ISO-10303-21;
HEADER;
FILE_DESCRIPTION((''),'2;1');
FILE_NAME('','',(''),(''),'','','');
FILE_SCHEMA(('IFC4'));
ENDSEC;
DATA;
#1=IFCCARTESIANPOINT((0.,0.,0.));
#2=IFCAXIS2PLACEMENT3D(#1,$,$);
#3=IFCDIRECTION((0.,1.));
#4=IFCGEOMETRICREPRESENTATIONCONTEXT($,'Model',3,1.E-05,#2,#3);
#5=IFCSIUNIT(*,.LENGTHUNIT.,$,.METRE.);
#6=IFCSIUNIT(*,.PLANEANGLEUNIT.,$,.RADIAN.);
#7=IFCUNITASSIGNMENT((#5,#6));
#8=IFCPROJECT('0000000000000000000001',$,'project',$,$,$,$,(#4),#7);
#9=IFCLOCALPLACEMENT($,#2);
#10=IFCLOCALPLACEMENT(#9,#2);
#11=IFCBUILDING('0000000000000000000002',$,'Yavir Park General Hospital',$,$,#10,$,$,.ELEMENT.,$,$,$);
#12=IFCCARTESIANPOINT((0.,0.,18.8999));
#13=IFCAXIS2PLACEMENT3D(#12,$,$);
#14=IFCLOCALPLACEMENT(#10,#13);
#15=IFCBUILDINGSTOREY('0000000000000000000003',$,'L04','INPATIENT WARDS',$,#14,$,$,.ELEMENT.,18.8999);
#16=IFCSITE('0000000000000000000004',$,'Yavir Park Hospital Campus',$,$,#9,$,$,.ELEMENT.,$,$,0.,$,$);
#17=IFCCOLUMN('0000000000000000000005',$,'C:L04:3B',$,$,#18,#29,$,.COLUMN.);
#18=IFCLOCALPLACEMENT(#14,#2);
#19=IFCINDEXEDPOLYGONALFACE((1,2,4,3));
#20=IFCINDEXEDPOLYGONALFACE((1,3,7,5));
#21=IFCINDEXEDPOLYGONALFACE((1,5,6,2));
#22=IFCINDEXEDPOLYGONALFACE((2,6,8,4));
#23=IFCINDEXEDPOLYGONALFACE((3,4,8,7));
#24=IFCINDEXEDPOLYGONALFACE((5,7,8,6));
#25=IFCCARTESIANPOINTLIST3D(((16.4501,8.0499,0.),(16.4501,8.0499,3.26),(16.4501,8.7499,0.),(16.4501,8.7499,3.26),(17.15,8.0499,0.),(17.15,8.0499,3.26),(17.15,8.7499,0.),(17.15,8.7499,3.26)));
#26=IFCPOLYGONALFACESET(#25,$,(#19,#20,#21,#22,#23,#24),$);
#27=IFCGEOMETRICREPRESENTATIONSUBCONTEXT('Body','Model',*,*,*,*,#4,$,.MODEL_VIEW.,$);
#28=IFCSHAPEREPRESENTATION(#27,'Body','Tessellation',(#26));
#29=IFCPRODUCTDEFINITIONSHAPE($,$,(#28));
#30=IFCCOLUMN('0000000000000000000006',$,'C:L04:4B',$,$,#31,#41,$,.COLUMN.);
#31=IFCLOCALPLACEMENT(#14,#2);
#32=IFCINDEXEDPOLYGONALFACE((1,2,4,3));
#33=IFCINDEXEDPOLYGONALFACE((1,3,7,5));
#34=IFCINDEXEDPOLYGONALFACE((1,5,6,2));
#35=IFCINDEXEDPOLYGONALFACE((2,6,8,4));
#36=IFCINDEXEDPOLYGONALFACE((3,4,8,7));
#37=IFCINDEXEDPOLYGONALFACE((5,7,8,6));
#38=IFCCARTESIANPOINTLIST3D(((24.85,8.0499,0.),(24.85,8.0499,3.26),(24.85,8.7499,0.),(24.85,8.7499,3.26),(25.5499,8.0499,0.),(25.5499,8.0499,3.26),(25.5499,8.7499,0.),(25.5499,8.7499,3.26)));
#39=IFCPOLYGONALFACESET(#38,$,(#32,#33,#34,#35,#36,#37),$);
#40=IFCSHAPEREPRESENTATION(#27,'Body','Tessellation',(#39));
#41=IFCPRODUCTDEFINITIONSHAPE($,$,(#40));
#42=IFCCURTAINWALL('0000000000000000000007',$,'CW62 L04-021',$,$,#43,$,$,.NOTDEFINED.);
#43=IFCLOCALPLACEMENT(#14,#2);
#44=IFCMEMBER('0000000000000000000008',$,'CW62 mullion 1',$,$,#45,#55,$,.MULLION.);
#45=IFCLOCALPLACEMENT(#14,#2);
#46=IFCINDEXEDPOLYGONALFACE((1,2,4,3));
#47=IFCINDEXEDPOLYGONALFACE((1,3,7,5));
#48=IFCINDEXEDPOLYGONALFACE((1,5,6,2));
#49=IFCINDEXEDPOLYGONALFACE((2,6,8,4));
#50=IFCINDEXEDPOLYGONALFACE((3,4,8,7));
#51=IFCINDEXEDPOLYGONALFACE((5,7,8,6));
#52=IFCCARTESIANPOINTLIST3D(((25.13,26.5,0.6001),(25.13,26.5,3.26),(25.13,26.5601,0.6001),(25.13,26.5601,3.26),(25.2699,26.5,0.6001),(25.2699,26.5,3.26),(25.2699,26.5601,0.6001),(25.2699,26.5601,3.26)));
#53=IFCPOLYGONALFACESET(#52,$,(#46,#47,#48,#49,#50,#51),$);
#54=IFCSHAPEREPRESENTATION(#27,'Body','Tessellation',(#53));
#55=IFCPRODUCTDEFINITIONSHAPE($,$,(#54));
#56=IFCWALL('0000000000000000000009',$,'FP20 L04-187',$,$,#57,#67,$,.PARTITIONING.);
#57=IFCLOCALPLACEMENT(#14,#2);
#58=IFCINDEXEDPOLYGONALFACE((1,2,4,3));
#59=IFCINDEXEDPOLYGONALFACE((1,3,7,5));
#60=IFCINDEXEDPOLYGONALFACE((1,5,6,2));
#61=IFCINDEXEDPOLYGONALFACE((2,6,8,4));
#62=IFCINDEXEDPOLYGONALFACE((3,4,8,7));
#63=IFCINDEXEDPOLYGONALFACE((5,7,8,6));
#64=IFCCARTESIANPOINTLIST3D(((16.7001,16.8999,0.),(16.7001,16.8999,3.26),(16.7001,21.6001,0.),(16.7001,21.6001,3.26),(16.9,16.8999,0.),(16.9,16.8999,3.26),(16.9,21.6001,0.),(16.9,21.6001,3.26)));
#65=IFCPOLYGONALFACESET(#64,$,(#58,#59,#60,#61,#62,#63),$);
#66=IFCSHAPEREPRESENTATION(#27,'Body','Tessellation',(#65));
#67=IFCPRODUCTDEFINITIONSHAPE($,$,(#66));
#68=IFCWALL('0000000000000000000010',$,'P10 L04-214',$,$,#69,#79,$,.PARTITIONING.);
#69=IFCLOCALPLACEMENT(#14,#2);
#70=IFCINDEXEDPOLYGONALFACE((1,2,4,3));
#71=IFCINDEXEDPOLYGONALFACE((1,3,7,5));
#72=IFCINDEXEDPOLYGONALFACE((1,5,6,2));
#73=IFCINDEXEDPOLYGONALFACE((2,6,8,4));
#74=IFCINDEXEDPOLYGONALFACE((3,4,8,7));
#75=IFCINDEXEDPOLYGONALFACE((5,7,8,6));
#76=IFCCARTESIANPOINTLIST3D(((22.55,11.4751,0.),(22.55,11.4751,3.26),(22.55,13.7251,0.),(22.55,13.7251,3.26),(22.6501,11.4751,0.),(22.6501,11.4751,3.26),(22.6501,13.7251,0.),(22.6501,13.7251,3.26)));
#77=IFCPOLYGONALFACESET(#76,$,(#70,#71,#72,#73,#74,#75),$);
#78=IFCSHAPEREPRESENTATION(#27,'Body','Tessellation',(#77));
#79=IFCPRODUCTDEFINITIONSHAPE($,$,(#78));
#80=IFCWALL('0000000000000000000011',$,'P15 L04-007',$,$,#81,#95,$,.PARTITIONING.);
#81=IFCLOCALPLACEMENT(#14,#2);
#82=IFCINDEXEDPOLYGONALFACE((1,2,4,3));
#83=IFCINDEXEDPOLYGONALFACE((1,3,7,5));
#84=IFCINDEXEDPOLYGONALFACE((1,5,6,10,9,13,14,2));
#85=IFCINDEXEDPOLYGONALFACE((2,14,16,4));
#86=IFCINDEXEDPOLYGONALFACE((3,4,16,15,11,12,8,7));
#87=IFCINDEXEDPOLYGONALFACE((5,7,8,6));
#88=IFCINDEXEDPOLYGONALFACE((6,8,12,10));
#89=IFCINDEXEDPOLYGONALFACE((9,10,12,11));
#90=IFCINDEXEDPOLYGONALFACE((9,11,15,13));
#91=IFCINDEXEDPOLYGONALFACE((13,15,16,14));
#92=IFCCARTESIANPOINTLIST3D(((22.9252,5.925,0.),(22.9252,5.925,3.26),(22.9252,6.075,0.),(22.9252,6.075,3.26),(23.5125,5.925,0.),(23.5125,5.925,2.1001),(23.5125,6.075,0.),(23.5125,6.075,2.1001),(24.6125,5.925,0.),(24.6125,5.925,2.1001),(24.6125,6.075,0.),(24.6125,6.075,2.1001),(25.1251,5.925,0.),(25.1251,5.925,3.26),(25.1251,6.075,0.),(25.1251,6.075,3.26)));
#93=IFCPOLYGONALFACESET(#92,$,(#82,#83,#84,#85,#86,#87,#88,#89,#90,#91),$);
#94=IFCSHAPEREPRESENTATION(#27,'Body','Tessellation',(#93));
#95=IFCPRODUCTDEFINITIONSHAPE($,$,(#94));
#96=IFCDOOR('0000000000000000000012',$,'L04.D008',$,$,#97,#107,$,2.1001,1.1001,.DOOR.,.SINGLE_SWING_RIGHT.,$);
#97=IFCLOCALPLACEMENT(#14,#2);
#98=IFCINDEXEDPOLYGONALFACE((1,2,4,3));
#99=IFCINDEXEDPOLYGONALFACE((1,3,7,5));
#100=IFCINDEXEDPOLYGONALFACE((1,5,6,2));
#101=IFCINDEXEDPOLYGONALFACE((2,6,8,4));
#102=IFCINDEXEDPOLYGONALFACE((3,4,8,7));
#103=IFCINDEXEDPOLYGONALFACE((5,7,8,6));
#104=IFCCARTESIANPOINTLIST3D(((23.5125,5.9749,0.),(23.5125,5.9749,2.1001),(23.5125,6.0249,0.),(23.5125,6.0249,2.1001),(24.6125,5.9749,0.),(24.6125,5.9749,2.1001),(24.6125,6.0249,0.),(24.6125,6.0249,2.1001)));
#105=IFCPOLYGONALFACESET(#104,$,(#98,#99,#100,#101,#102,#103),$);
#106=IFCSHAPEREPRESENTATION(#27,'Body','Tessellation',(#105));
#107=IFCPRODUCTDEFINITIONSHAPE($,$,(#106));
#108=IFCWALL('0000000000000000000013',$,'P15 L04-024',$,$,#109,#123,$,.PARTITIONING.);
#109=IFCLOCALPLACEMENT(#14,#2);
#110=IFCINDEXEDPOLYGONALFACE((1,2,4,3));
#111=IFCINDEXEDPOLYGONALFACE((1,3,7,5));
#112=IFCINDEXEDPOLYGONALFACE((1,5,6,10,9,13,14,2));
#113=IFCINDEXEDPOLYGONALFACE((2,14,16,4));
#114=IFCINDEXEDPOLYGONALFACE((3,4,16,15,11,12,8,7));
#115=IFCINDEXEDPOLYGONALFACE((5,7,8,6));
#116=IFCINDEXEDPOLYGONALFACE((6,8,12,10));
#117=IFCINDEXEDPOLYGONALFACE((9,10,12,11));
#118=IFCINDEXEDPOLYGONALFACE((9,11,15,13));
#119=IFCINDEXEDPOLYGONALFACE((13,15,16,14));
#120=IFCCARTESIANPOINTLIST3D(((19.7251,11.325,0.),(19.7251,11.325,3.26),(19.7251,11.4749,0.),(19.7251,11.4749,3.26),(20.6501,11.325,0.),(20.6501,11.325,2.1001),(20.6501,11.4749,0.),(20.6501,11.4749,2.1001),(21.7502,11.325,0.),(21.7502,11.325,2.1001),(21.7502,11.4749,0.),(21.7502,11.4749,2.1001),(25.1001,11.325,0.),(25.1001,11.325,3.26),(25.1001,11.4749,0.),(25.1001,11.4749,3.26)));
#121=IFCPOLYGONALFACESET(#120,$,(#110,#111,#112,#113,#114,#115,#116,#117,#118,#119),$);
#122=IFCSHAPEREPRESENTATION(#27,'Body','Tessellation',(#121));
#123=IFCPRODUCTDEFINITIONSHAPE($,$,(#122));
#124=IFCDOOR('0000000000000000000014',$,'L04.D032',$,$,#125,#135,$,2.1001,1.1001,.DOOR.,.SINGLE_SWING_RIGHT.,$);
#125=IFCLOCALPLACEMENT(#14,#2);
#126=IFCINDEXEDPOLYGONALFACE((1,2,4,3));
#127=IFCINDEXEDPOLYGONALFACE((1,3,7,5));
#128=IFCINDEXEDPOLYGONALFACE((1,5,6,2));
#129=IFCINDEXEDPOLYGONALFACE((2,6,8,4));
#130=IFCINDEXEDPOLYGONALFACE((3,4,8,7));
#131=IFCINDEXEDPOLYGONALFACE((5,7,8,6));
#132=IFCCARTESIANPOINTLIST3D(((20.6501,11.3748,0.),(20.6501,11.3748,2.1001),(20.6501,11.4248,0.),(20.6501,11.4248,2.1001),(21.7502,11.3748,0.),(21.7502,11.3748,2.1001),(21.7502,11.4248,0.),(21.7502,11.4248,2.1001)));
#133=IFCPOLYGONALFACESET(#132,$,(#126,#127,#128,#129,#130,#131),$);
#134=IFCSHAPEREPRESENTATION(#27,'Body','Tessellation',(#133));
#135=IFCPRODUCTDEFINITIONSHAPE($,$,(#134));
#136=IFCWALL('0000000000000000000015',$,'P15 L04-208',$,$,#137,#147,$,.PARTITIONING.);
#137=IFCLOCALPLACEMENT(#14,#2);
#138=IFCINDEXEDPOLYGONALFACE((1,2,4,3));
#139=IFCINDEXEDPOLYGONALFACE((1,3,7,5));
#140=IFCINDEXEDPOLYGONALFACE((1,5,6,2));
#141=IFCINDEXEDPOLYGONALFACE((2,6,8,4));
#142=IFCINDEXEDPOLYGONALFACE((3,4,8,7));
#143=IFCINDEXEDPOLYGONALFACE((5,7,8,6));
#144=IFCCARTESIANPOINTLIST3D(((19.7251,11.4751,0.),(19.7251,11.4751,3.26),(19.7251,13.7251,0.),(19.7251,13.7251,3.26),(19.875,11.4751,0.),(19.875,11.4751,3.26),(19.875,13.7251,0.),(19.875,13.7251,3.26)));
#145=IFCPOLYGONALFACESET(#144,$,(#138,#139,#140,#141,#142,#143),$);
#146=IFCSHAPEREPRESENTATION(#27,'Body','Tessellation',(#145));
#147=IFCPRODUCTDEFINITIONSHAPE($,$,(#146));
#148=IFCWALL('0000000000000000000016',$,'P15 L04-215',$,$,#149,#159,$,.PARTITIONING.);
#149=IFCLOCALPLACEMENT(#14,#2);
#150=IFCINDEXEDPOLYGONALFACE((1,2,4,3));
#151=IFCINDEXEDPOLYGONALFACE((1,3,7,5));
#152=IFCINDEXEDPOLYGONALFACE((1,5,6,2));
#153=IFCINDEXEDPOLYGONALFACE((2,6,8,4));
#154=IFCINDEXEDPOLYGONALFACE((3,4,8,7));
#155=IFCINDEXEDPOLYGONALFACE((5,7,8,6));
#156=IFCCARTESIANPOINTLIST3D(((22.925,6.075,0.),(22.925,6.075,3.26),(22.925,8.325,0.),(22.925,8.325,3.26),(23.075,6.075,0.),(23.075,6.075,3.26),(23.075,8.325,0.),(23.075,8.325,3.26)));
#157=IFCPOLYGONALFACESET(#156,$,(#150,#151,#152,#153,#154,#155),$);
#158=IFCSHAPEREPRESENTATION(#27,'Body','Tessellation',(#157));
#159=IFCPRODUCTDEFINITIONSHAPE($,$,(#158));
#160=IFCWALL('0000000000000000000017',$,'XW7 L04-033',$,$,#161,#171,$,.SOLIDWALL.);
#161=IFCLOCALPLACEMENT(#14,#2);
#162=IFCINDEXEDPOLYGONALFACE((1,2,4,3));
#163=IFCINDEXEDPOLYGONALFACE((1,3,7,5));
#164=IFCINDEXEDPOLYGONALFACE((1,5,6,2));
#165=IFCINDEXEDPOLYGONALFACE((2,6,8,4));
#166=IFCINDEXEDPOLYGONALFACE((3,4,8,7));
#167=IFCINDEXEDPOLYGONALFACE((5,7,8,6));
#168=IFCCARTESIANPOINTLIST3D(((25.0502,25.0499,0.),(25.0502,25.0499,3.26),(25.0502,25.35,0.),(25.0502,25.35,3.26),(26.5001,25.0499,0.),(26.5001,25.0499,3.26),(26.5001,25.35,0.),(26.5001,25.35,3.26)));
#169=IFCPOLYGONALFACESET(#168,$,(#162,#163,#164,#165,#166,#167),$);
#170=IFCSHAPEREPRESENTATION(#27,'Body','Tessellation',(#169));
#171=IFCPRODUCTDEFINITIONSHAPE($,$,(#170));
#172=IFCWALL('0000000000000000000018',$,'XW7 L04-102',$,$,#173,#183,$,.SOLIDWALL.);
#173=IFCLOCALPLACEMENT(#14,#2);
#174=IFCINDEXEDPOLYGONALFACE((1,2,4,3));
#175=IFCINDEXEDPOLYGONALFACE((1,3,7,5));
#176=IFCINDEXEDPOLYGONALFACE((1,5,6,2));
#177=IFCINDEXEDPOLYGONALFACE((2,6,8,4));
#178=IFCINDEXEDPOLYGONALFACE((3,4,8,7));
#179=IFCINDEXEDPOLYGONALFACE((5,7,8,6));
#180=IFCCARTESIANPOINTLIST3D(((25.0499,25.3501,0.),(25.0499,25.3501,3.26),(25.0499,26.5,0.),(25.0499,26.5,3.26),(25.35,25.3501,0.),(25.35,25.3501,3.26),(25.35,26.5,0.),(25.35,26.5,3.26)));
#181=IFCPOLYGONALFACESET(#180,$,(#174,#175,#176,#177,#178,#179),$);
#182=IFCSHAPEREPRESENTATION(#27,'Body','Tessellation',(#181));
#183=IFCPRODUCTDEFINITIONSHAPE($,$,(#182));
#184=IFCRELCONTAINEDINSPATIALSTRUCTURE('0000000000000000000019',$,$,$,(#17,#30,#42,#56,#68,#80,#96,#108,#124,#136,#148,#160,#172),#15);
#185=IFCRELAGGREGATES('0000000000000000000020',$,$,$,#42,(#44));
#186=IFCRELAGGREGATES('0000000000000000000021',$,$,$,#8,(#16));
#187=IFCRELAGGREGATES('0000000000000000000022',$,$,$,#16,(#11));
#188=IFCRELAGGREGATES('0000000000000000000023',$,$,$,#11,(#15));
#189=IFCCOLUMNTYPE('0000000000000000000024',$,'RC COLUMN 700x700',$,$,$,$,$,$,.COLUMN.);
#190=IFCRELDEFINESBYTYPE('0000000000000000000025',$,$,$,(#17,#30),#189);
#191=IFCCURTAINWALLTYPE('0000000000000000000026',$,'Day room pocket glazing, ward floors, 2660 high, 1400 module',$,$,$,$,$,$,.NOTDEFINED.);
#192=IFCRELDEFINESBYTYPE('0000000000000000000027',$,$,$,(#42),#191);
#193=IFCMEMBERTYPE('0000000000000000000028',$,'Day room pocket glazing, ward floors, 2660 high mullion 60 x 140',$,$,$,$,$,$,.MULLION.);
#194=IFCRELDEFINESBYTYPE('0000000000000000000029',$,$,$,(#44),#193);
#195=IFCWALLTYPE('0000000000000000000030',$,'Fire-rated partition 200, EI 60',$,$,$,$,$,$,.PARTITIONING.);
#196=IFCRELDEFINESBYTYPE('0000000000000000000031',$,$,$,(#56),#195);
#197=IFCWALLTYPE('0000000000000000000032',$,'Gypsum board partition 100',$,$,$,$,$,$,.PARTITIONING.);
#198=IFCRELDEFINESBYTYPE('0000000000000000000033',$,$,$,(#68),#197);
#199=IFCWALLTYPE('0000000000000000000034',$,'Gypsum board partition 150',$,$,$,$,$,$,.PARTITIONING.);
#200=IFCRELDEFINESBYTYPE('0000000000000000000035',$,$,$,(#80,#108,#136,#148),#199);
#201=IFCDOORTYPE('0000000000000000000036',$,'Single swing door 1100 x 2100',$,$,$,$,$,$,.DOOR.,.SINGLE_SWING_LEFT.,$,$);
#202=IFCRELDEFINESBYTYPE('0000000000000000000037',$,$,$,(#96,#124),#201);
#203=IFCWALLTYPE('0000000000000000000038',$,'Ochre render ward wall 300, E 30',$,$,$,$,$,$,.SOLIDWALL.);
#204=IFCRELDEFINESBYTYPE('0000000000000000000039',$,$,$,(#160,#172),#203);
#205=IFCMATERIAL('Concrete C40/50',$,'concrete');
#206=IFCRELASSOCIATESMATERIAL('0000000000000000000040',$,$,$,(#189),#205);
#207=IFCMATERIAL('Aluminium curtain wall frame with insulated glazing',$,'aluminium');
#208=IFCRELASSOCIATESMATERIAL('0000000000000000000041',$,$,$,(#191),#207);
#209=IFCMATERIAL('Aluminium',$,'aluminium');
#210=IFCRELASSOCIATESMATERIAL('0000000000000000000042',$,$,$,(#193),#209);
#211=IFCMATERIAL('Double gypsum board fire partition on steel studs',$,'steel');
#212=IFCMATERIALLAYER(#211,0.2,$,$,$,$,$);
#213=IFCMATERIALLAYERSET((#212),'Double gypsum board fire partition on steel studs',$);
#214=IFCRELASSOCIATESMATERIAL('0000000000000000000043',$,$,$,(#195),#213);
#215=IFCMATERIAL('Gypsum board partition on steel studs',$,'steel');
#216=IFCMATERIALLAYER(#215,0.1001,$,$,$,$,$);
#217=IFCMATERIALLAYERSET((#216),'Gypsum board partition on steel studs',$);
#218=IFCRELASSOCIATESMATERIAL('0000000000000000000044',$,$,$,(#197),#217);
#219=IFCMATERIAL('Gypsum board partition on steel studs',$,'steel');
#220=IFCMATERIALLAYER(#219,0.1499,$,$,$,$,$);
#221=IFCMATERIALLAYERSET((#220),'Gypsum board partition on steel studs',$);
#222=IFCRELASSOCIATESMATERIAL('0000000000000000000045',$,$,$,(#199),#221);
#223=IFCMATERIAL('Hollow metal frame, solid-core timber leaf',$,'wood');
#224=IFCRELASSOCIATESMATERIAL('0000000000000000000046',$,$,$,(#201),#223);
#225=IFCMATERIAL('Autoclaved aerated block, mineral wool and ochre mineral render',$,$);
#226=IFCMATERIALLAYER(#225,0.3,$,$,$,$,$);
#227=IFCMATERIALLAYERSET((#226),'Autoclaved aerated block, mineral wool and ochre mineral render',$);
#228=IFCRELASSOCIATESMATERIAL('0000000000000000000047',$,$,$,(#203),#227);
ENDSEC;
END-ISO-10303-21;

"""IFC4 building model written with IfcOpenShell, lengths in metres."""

from ifc_helpers import new_model, si_unit, direction, frame, frame_2d, origin, origin_2d, place, context, subcontext, project, spatial, rectangle, extrude, material, layer, layer_set, material_profile, profile_set, type_object, element, fill, aggregate, save


model = new_model("IFC4")

# Units and contexts
model_context = context("Model", 3, precision=1e-05, world=origin(), true_north=direction((0.0, 1.0)))
body_context = subcontext(model_context, "Body", "Model", "MODEL_VIEW")
ifc_project = project(units=[si_unit("LENGTHUNIT", "METRE"), si_unit("PLANEANGLEUNIT", "RADIAN")], contexts=[model_context])

# Site, building, storey
site_placement = place(None, origin())
site = spatial("IfcSite", under=ifc_project, at=site_placement, Name="Yavir Park Hospital Campus", CompositionType="ELEMENT", RefElevation=0.0)
building_placement = place(site_placement, origin())
building = spatial("IfcBuilding", under=site, at=building_placement, Name="Yavir Park General Hospital", CompositionType="ELEMENT")
storey_placement = place(building_placement, frame((0.0, 0.0, 18.8999)))
storey = spatial("IfcBuildingStorey", under=building, at=storey_placement, Name="L04", Description="INPATIENT WARDS", CompositionType="ELEMENT", Elevation=18.8999)

# Columns
ifc_material_1 = material(Name="Concrete C40/50", Category="concrete")
ifc_material_profile_1 = material_profile(ifc_material_1, rectangle(XDim=0.7, YDim=0.7, at=origin_2d()), Name="RC700x700")
ifc_profile_set_1 = profile_set([ifc_material_profile_1], Name="Concrete C40/50")
column_type = type_object("IfcColumnType", Name="RC COLUMN 700x700", PredefinedType="COLUMN", material=ifc_profile_set_1)
for number, where, z_axis, x_axis, name in (
    (1, (16.8, 8.3999, 0.0), (0.0, 0.0, 1.0), (1.0, 0.0, 0.0), "C:L04:3B"),
    (2, (25.2, 8.3999, 0.0), (0.0, 0.0, 1.0), (1.0, 0.0, 0.0), "C:L04:4B"),
):
    element("IfcColumn", number, at=place(storey_placement, frame(where, z_axis=z_axis, x_axis=x_axis)), inside=storey, type_object=column_type, Name=name, PredefinedType="COLUMN", context=body_context, shape_type="SweptSolid", body=[
        extrude(rectangle(XDim=0.7, YDim=0.7, at=origin_2d()), origin(), (0.0, 0.0, 1.0), 3.26),
    ])

# Curtain wall, member
ifc_material_2 = material(Name="Aluminium curtain wall frame with insulated glazing", Category="aluminium")
curtain_wall_type = type_object("IfcCurtainWallType", Name="Day room pocket glazing, ward floors, 2660 high, 1400 module", PredefinedType="NOTDEFINED", material=ifc_material_2)
curtain_wall_placement = place(storey_placement, origin())
curtain_wall = element("IfcCurtainWall", 3, at=curtain_wall_placement, inside=storey, type_object=curtain_wall_type, Name="CW62 L04-021", PredefinedType="NOTDEFINED")
ifc_material_3 = material(Name="Aluminium", Category="aluminium")
ifc_material_profile_2 = material_profile(ifc_material_3, rectangle(XDim=0.1399, YDim=0.0601, at=origin_2d()), Name="AL 60x140")
ifc_profile_set_2 = profile_set([ifc_material_profile_2], Name="Aluminium")
member_type = type_object("IfcMemberType", Name="Day room pocket glazing, ward floors, 2660 high mullion 60 x 140", PredefinedType="MULLION", material=ifc_profile_set_2)
member_placement = place(storey_placement, frame((25.2, 26.53, 0.6001), z_axis=(0.0, 0.0, 1.0), x_axis=(-1.0, 0.0, 0.0)))
member = element("IfcMember", 4, at=member_placement, type_object=member_type, Name="CW62 mullion 1", PredefinedType="MULLION", context=body_context, shape_type="SweptSolid", body=[
    extrude(rectangle(XDim=0.1399, YDim=0.0601, at=origin_2d()), origin(), (0.0, 0.0, 1.0), 2.6599),
])
aggregate(curtain_wall, [member])

# Walls
ifc_material_4 = material(Name="Double gypsum board fire partition on steel studs", Category="steel")
ifc_layer_1 = layer(ifc_material_4, 0.2)
ifc_layer_set_1 = layer_set([ifc_layer_1], Name="Double gypsum board fire partition on steel studs")
wall_type_1 = type_object("IfcWallType", Name="Fire-rated partition 200, EI 60", PredefinedType="PARTITIONING", material=ifc_layer_set_1)
wall_1_placement = place(storey_placement, frame((16.8, 16.8999, 0.0), z_axis=(0.0, 0.0, 1.0), x_axis=(0.0, 1.0, 0.0)))
element("IfcWall", 5, at=wall_1_placement, inside=storey, type_object=wall_type_1, Name="FP20 L04-187", PredefinedType="PARTITIONING", context=body_context, shape_type="SweptSolid", body=[
    extrude(rectangle(XDim=4.7002, YDim=0.2, at=frame_2d((2.3501, 0.0))), origin(), (0.0, 0.0, 1.0), 3.26),
])
ifc_material_5 = material(Name="Gypsum board partition on steel studs", Category="steel")
ifc_layer_2 = layer(ifc_material_5, 0.1001)
ifc_layer_set_2 = layer_set([ifc_layer_2], Name="Gypsum board partition on steel studs")
wall_type_2 = type_object("IfcWallType", Name="Gypsum board partition 100", PredefinedType="PARTITIONING", material=ifc_layer_set_2)
wall_2_placement = place(storey_placement, frame((22.6001, 11.4751, 0.0), z_axis=(0.0, 0.0, 1.0), x_axis=(0.0, 1.0, 0.0)))
element("IfcWall", 6, at=wall_2_placement, inside=storey, type_object=wall_type_2, Name="P10 L04-214", PredefinedType="PARTITIONING", context=body_context, shape_type="SweptSolid", body=[
    extrude(rectangle(XDim=2.25, YDim=0.1001, at=frame_2d((1.125, 0.0))), origin(), (0.0, 0.0, 1.0), 3.26),
])

# Walls, openings, doors
ifc_material_6 = material(Name="Gypsum board partition on steel studs", Category="steel")
ifc_layer_3 = layer(ifc_material_6, 0.1499)
ifc_layer_set_3 = layer_set([ifc_layer_3], Name="Gypsum board partition on steel studs")
wall_type_3 = type_object("IfcWallType", Name="Gypsum board partition 150", PredefinedType="PARTITIONING", material=ifc_layer_set_3)
wall_3_placement = place(storey_placement, frame((22.925, 6.0, 0.0), z_axis=(0.0, 0.0, 1.0), x_axis=(1.0, 0.0, 0.0)))
wall_3 = element("IfcWall", 7, at=wall_3_placement, inside=storey, type_object=wall_type_3, Name="P15 L04-007", PredefinedType="PARTITIONING", context=body_context, shape_type="SweptSolid", body=[
    extrude(rectangle(XDim=2.2, YDim=0.1499, at=frame_2d((1.1001, 0.0))), origin(), (0.0, 0.0, 1.0), 3.26),
])
opening_1_placement = place(wall_3_placement, frame((0.5874, 0.0, 0.0)))
opening_1 = element("IfcOpeningElement", 8, at=opening_1_placement, cuts=wall_3, PredefinedType="OPENING", context=body_context, shape_type="SweptSolid", body=[
    extrude(rectangle(XDim=1.1001, YDim=2.1001, at=frame_2d((0.55, 1.05))), frame((0.0, 0.085, 0.0), z_axis=(0.0, -1.0, 0.0), x_axis=(1.0, 0.0, 0.0)), (0.0, 0.0, 1.0), 0.1699),
])
ifc_material_7 = material(Name="Hollow metal frame, solid-core timber leaf", Category="wood")
door_type_1 = type_object("IfcDoorType", Name="Single swing door 1100 x 2100", OperationType="SINGLE_SWING_LEFT", PredefinedType="DOOR", material=ifc_material_7)
door_1_placement = place(opening_1_placement, origin())
door_1 = element("IfcDoor", 9, at=door_1_placement, inside=storey, type_object=door_type_1, Name="L04.D008", OperationType="SINGLE_SWING_RIGHT", OverallHeight=2.1001, OverallWidth=1.1001, PredefinedType="DOOR", context=body_context, shape_type="SweptSolid", body=[
    extrude(rectangle(XDim=1.1001, YDim=2.1001, at=frame_2d((0.55, 1.05))), frame((0.0, 0.0249, 0.0), z_axis=(0.0, -1.0, 0.0), x_axis=(1.0, 0.0, 0.0)), (0.0, 0.0, 1.0), 0.05),
])
fill(opening_1, door_1)
wall_4_placement = place(storey_placement, frame((19.7251, 11.3999, 0.0), z_axis=(0.0, 0.0, 1.0), x_axis=(1.0, 0.0, 0.0)))
wall_4 = element("IfcWall", 10, at=wall_4_placement, inside=storey, type_object=wall_type_3, Name="P15 L04-024", PredefinedType="PARTITIONING", context=body_context, shape_type="SweptSolid", body=[
    extrude(rectangle(XDim=5.375, YDim=0.1499, at=frame_2d((2.6875, 0.0))), origin(), (0.0, 0.0, 1.0), 3.26),
])
opening_2_placement = place(wall_4_placement, frame((0.925, 0.0, 0.0)))
opening_2 = element("IfcOpeningElement", 11, at=opening_2_placement, cuts=wall_4, PredefinedType="OPENING", context=body_context, shape_type="SweptSolid", body=[
    extrude(rectangle(XDim=1.1001, YDim=2.1001, at=frame_2d((0.55, 1.05))), frame((0.0, 0.085, 0.0), z_axis=(0.0, -1.0, 0.0), x_axis=(1.0, 0.0, 0.0)), (0.0, 0.0, 1.0), 0.1699),
])
door_2_placement = place(opening_2_placement, origin())
door_2 = element("IfcDoor", 12, at=door_2_placement, inside=storey, type_object=door_type_1, Name="L04.D032", OperationType="SINGLE_SWING_RIGHT", OverallHeight=2.1001, OverallWidth=1.1001, PredefinedType="DOOR", context=body_context, shape_type="SweptSolid", body=[
    extrude(rectangle(XDim=1.1001, YDim=2.1001, at=frame_2d((0.55, 1.05))), frame((0.0, 0.0249, 0.0), z_axis=(0.0, -1.0, 0.0), x_axis=(1.0, 0.0, 0.0)), (0.0, 0.0, 1.0), 0.05),
])
fill(opening_2, door_2)

# Walls
for number, where, z_axis, x_axis, name in (
    (13, (19.8, 11.4751, 0.0), (0.0, 0.0, 1.0), (0.0, 1.0, 0.0), "P15 L04-208"),
    (14, (23.0, 6.075, 0.0), (0.0, 0.0, 1.0), (0.0, 1.0, 0.0), "P15 L04-215"),
):
    element("IfcWall", number, at=place(storey_placement, frame(where, z_axis=z_axis, x_axis=x_axis)), inside=storey, type_object=wall_type_3, Name=name, PredefinedType="PARTITIONING", context=body_context, shape_type="SweptSolid", body=[
        extrude(rectangle(XDim=2.25, YDim=0.1499, at=frame_2d((1.125, 0.0))), origin(), (0.0, 0.0, 1.0), 3.26),
    ])
ifc_material_8 = material(Name="Autoclaved aerated block, mineral wool and ochre mineral render")
ifc_layer_4 = layer(ifc_material_8, 0.3)
ifc_layer_set_4 = layer_set([ifc_layer_4], Name="Autoclaved aerated block, mineral wool and ochre mineral render")
wall_type_4 = type_object("IfcWallType", Name="Ochre render ward wall 300, E 30", PredefinedType="SOLIDWALL", material=ifc_layer_set_4)
wall_5_placement = place(storey_placement, frame((25.05, 25.2, 0.0), z_axis=(0.0, 0.0, 1.0), x_axis=(1.0, 0.0, 0.0)))
element("IfcWall", 15, at=wall_5_placement, inside=storey, type_object=wall_type_4, Name="XW7 L04-033", PredefinedType="SOLIDWALL", context=body_context, shape_type="SweptSolid", body=[
    extrude(rectangle(XDim=1.45, YDim=0.3, at=frame_2d((0.7251, 0.0))), origin(), (0.0, 0.0, 1.0), 3.26),
])
wall_6_placement = place(storey_placement, frame((25.2, 25.3501, 0.0), z_axis=(0.0, 0.0, 1.0), x_axis=(0.0, 1.0, 0.0)))
element("IfcWall", 16, at=wall_6_placement, inside=storey, type_object=wall_type_4, Name="XW7 L04-102", PredefinedType="SOLIDWALL", context=body_context, shape_type="SweptSolid", body=[
    extrude(rectangle(XDim=1.1499, YDim=0.3, at=frame_2d((0.575, 0.0))), origin(), (0.0, 0.0, 1.0), 3.26),
])

save(model, "model.ifc")
